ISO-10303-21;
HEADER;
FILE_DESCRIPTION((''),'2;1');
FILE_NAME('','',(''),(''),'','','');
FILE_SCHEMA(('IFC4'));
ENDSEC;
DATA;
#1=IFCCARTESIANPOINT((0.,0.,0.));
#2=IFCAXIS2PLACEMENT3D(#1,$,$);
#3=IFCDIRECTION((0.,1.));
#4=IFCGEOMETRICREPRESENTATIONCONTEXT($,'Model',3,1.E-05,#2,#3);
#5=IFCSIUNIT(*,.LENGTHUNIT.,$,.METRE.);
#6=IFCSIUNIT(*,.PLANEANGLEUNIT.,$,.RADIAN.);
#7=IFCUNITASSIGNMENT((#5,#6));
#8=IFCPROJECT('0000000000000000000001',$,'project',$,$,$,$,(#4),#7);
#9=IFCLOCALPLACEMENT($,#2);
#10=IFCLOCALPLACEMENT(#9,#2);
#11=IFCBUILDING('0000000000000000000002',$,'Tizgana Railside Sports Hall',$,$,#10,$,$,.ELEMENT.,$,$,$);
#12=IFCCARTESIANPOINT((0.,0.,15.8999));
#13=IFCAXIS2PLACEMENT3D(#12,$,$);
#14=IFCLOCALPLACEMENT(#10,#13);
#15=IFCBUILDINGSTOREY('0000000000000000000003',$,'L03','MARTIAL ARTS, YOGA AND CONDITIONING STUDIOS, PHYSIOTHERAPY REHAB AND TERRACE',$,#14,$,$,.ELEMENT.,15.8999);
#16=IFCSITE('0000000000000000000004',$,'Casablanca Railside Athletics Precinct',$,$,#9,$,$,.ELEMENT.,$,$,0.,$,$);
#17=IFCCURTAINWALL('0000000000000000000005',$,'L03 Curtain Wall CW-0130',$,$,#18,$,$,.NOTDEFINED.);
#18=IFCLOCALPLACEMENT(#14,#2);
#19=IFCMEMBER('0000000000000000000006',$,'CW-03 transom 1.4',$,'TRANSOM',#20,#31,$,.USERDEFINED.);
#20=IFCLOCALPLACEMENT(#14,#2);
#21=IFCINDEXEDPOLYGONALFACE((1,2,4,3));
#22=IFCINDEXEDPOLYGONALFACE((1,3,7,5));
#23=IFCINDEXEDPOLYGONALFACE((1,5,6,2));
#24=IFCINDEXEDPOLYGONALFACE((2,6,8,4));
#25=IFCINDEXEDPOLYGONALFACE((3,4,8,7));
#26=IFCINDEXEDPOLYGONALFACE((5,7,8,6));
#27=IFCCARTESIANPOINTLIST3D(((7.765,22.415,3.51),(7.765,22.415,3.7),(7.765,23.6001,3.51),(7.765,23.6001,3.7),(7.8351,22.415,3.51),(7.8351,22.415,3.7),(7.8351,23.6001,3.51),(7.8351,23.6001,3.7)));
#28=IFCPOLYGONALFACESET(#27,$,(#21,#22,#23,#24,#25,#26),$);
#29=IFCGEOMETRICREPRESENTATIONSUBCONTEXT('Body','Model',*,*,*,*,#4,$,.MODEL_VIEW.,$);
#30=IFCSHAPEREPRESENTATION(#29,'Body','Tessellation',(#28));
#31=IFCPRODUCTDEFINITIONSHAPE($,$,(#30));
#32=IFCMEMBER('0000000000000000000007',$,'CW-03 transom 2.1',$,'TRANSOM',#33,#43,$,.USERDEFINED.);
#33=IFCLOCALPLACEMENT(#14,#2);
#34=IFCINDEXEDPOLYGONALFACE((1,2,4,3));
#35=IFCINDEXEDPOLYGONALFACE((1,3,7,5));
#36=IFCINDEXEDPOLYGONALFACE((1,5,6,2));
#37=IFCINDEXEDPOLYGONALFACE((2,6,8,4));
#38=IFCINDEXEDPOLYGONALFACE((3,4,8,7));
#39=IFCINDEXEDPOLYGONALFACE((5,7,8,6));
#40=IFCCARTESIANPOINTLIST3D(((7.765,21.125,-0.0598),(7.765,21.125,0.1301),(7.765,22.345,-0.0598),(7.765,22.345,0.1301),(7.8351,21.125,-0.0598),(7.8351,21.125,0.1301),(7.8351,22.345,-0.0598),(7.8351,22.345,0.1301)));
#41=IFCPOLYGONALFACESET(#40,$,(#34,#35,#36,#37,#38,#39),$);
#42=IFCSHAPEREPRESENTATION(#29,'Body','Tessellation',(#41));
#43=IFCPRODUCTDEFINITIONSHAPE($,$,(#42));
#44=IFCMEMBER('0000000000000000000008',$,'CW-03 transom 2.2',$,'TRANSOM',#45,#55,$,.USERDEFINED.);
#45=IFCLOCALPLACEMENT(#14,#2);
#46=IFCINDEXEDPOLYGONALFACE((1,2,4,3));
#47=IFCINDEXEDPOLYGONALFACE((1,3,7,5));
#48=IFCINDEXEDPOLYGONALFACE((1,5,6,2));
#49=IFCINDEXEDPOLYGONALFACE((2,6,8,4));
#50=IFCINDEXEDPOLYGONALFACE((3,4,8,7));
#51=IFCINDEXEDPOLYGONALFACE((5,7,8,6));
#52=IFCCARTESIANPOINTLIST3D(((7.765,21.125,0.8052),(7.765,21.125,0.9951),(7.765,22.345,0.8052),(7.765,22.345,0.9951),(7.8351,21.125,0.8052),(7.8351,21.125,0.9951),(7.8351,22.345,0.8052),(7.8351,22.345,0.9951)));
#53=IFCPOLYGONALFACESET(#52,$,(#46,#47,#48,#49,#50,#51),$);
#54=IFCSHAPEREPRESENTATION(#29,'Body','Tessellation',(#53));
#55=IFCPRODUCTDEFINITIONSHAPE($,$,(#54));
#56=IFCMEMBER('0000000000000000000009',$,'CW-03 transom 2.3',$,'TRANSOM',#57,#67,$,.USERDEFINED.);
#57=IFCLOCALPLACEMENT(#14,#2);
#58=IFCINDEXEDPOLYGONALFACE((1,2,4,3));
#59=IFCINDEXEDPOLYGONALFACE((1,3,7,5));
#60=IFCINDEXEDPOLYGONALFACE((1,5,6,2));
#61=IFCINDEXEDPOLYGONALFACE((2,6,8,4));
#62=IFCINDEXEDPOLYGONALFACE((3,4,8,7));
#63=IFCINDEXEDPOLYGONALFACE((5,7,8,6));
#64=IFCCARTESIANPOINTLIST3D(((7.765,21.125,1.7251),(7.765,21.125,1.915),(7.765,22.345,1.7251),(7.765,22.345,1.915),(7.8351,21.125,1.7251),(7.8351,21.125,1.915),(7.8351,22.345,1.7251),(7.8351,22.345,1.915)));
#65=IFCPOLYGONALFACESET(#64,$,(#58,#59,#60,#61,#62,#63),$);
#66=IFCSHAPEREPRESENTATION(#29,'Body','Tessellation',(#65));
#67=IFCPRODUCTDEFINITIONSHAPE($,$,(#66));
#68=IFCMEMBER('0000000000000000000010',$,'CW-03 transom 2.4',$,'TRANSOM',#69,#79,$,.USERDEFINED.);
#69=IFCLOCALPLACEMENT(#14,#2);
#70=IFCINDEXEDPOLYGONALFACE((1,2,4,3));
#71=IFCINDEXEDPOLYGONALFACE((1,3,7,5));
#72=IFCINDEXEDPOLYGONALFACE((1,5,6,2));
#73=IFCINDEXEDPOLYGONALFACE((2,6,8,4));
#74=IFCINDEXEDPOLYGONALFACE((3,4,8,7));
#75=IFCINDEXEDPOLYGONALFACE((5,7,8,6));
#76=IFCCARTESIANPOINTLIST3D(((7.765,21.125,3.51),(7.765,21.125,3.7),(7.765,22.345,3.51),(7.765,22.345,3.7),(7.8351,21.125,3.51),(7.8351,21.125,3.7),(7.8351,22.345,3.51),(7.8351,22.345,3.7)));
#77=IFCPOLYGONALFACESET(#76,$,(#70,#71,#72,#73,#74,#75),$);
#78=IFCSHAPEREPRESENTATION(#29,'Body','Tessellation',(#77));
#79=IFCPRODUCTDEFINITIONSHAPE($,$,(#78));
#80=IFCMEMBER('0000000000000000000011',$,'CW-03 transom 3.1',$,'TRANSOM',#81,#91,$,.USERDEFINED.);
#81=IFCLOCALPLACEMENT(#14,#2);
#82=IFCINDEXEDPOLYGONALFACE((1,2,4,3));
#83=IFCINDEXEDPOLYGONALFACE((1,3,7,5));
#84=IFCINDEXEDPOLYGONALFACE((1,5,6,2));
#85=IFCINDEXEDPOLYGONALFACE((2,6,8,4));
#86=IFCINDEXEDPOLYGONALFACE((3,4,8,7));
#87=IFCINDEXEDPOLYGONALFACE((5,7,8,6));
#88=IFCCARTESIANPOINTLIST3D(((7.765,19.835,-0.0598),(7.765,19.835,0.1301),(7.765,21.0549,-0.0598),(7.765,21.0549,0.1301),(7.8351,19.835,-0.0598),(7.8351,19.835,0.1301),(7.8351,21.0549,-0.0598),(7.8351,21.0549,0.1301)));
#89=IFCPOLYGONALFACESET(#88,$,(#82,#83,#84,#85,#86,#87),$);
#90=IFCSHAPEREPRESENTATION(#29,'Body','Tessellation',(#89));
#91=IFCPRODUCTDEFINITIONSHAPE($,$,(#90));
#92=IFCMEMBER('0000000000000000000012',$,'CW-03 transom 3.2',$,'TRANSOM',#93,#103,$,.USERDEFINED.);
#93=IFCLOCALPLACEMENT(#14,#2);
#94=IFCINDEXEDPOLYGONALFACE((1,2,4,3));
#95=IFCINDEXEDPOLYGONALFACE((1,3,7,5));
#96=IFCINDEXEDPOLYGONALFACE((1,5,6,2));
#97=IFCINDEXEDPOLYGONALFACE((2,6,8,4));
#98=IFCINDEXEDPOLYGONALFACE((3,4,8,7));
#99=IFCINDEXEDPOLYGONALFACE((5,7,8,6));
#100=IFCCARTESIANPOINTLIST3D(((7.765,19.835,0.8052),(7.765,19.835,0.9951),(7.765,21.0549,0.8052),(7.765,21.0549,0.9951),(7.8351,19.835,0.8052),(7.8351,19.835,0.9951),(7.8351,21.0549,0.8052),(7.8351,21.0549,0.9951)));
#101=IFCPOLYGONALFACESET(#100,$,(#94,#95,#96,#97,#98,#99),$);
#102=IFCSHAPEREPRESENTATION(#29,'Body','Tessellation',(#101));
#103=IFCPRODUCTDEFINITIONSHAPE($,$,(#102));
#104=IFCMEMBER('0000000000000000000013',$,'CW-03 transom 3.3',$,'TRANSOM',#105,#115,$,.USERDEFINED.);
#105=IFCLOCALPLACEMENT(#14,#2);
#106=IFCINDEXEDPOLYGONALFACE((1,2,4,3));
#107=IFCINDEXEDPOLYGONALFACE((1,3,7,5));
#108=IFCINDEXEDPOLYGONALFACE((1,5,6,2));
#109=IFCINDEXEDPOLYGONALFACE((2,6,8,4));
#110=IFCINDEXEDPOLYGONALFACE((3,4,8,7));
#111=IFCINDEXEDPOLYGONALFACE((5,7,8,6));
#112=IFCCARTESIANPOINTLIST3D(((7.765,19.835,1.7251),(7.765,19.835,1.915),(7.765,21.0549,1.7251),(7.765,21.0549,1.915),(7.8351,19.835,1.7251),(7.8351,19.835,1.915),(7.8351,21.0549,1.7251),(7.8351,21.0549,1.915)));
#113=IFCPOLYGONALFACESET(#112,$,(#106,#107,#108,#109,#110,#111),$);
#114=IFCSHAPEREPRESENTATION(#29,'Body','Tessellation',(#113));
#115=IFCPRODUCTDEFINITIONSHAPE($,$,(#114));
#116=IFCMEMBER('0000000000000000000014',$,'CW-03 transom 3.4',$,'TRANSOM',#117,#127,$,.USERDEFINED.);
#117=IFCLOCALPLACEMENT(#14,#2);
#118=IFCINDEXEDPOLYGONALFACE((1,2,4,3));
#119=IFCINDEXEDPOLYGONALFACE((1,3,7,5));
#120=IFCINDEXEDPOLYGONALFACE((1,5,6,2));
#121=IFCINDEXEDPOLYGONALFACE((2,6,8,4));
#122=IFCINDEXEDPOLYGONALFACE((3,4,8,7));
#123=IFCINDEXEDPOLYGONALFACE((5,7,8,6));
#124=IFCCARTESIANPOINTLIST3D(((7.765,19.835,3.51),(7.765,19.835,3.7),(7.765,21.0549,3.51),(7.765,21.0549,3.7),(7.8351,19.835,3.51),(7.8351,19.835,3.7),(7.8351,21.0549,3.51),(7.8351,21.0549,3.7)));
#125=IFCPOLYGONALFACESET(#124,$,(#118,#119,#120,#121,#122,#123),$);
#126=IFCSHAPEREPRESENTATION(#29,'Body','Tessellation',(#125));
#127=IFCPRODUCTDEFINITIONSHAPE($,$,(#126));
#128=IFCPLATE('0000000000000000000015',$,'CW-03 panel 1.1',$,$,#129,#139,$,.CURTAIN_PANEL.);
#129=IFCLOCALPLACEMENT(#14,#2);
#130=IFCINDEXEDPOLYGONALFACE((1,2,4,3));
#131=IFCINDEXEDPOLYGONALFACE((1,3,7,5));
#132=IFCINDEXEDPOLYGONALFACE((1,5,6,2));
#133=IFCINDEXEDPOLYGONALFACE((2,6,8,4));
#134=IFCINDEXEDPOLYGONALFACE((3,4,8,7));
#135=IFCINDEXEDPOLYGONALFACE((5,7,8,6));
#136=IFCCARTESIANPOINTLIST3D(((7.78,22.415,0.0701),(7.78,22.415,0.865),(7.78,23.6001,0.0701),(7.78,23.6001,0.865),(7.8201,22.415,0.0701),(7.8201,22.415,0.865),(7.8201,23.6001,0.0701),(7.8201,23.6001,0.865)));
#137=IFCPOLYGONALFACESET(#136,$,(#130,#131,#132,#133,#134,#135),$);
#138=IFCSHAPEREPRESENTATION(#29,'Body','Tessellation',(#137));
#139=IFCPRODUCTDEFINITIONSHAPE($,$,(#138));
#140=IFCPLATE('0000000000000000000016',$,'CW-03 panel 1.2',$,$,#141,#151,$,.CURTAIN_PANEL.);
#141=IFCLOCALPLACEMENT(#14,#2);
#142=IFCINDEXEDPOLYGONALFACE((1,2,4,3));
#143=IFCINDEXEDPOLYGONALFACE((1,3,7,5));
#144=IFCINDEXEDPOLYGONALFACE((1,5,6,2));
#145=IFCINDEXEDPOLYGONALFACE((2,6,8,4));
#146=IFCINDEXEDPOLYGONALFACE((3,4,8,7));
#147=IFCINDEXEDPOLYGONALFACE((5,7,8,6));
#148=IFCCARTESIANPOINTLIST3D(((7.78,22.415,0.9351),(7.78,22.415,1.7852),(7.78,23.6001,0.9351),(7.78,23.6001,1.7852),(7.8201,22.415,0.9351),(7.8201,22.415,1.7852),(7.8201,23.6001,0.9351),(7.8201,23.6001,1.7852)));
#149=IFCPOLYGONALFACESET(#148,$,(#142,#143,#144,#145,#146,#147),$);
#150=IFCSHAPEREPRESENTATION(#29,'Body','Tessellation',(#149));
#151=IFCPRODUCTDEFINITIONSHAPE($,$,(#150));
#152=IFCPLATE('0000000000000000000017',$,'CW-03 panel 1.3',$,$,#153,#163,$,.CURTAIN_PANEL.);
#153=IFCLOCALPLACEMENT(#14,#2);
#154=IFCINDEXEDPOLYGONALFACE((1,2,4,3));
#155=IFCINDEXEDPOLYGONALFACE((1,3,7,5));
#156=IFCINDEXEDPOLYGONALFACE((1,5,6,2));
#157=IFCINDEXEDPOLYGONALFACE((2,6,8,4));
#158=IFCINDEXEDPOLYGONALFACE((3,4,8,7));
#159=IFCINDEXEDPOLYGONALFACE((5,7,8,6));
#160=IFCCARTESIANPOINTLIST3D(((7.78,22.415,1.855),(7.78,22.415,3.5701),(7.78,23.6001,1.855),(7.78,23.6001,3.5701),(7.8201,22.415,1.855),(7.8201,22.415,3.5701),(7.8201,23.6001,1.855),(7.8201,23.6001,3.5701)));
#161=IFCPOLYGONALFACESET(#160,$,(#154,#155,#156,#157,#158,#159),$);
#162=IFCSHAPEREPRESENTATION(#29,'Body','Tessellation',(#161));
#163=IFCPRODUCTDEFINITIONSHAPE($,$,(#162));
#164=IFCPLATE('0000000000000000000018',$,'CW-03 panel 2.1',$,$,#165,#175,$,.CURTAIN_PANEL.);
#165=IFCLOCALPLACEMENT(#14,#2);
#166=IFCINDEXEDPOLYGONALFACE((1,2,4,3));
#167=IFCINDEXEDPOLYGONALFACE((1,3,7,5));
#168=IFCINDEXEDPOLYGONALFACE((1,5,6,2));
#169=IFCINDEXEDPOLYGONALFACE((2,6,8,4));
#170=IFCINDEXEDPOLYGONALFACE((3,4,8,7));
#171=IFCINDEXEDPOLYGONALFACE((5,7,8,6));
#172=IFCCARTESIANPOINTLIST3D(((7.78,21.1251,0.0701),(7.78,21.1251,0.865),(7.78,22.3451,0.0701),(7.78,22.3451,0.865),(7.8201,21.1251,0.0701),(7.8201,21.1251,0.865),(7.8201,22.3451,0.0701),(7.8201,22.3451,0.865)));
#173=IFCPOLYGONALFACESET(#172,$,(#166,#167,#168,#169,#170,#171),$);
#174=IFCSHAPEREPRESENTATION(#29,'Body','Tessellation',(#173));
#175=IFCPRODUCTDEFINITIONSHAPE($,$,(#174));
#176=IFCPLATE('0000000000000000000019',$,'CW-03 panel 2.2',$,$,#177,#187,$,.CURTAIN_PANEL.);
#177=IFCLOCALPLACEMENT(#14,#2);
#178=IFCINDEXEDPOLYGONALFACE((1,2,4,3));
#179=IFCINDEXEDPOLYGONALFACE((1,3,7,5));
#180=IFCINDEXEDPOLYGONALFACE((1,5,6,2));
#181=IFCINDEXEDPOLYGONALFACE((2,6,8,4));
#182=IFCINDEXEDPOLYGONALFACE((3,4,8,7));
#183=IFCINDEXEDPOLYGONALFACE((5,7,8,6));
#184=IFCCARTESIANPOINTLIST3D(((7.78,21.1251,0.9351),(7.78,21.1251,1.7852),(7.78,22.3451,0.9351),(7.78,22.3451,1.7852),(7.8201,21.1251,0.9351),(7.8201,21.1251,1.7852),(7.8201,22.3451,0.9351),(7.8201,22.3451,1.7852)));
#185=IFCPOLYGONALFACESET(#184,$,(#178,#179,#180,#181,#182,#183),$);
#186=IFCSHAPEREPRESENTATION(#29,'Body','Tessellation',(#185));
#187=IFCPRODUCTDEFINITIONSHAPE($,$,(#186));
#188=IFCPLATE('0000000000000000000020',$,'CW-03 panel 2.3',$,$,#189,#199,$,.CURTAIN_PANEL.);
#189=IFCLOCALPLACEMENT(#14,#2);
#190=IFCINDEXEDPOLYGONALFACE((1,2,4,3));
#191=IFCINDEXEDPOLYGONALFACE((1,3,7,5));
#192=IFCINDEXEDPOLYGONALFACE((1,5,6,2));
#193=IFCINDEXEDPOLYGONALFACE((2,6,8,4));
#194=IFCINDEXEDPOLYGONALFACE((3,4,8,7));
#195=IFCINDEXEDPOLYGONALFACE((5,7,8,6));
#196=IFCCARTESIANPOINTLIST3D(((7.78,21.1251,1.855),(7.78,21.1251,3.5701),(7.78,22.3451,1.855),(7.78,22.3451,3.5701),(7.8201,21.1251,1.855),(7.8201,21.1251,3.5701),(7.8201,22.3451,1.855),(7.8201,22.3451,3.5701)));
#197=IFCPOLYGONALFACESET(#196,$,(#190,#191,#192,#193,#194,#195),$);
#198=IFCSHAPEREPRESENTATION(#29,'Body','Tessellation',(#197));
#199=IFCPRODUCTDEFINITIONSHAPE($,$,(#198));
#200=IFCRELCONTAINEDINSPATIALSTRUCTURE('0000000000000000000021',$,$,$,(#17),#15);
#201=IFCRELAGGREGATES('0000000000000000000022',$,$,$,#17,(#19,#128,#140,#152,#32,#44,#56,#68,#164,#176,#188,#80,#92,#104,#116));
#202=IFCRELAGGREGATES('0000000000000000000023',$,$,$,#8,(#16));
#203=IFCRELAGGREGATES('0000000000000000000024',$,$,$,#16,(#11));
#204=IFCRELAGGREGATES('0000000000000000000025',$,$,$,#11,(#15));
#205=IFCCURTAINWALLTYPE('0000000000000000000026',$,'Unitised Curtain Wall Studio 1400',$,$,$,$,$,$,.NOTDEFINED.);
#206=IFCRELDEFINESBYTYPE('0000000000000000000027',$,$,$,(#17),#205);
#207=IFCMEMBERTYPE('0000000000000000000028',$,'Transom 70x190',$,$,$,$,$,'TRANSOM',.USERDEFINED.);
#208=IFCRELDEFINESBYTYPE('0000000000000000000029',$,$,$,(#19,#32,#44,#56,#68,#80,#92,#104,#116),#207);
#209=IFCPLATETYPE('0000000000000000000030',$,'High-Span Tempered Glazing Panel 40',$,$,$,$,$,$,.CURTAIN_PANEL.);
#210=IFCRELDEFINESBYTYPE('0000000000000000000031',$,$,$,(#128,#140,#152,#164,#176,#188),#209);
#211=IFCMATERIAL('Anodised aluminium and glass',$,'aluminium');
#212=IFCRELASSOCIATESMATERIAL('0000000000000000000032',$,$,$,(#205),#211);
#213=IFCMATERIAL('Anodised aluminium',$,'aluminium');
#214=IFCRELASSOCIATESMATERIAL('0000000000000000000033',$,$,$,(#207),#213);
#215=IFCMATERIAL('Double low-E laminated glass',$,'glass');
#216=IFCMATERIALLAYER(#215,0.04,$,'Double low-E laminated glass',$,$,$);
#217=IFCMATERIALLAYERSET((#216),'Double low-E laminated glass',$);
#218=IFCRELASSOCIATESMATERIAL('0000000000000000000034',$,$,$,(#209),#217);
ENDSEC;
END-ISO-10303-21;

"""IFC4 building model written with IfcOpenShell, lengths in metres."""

from ifc_helpers import new_model, si_unit, direction, frame, origin, origin_2d, place, context, subcontext, project, spatial, rectangle, extrude, material, layer, layer_set, material_profile, profile_set, type_object, element, aggregate, save


model = new_model("IFC4")

# Units and contexts
model_context = context("Model", 3, precision=1e-05, world=origin(), true_north=direction((0.0, 1.0)))
body_context = subcontext(model_context, "Body", "Model", "MODEL_VIEW")
ifc_project = project(units=[si_unit("LENGTHUNIT", "METRE"), si_unit("PLANEANGLEUNIT", "RADIAN")], contexts=[model_context])

# Site, building, storey
site_placement = place(None, origin())
site = spatial("IfcSite", under=ifc_project, at=site_placement, Name="Casablanca Railside Athletics Precinct", CompositionType="ELEMENT", RefElevation=0.0)
building_placement = place(site_placement, origin())
building = spatial("IfcBuilding", under=site, at=building_placement, Name="Tizgana Railside Sports Hall", CompositionType="ELEMENT")
storey_placement = place(building_placement, frame((0.0, 0.0, 15.8999)))
storey = spatial("IfcBuildingStorey", under=building, at=storey_placement, Name="L03", Description="MARTIAL ARTS, YOGA AND CONDITIONING STUDIOS, PHYSIOTHERAPY REHAB AND TERRACE", CompositionType="ELEMENT", Elevation=15.8999)

# Curtain wall
ifc_material_1 = material(Name="Anodised aluminium and glass", Category="aluminium")
curtain_wall_type_1 = type_object("IfcCurtainWallType", Name="Unitised Curtain Wall Studio 1400", PredefinedType="NOTDEFINED", material=ifc_material_1)
curtain_wall_1_placement = place(storey_placement, origin())
curtain_wall_1 = element("IfcCurtainWall", 1, at=curtain_wall_1_placement, inside=storey, type_object=curtain_wall_type_1, Name="L03 Curtain Wall CW-0130", PredefinedType="NOTDEFINED")
ifc_material_2 = material(Name="Anodised aluminium", Category="aluminium")

# Members
ifc_material_profile_1 = material_profile(ifc_material_2, rectangle(XDim=0.0701, YDim=0.1899, at=origin_2d()), Name="Transom 70x190")
ifc_profile_set_1 = profile_set([ifc_material_profile_1], Name="Anodised aluminium")
member_type_1 = type_object("IfcMemberType", Name="Transom 70x190", ElementType="TRANSOM", PredefinedType="USERDEFINED", material=ifc_profile_set_1)
member_1_placement = place(storey_placement, frame((7.8, 23.6001, 3.605), z_axis=(0.0, -1.0, 0.0), x_axis=(1.0, 0.0, 0.0)))
member_1 = element("IfcMember", 2, at=member_1_placement, type_object=member_type_1, Name="CW-03 transom 1.4", ObjectType="TRANSOM", PredefinedType="USERDEFINED", context=body_context, shape_type="SweptSolid", body=[
    extrude(rectangle(XDim=0.0701, YDim=0.1899, at=origin_2d()), origin(), (0.0, 0.0, 1.0), 1.1851),
])
member_2_placement = place(storey_placement, frame((7.8, 22.345, 0.0352), z_axis=(0.0, -1.0, 0.0), x_axis=(1.0, 0.0, 0.0)))
member_2 = element("IfcMember", 3, at=member_2_placement, type_object=member_type_1, Name="CW-03 transom 2.1", ObjectType="TRANSOM", PredefinedType="USERDEFINED", context=body_context, shape_type="SweptSolid", body=[
    extrude(rectangle(XDim=0.0701, YDim=0.1899, at=origin_2d()), origin(), (0.0, 0.0, 1.0), 1.22),
])
member_3_placement = place(storey_placement, frame((7.8, 22.345, 0.9001), z_axis=(0.0, -1.0, 0.0), x_axis=(1.0, 0.0, 0.0)))
member_3 = element("IfcMember", 4, at=member_3_placement, type_object=member_type_1, Name="CW-03 transom 2.2", ObjectType="TRANSOM", PredefinedType="USERDEFINED", context=body_context, shape_type="SweptSolid", body=[
    extrude(rectangle(XDim=0.0701, YDim=0.1899, at=origin_2d()), origin(), (0.0, 0.0, 1.0), 1.22),
])
member_4_placement = place(storey_placement, frame((7.8, 22.345, 1.8201), z_axis=(0.0, -1.0, 0.0), x_axis=(1.0, 0.0, 0.0)))
member_4 = element("IfcMember", 5, at=member_4_placement, type_object=member_type_1, Name="CW-03 transom 2.3", ObjectType="TRANSOM", PredefinedType="USERDEFINED", context=body_context, shape_type="SweptSolid", body=[
    extrude(rectangle(XDim=0.0701, YDim=0.1899, at=origin_2d()), origin(), (0.0, 0.0, 1.0), 1.22),
])
member_5_placement = place(storey_placement, frame((7.8, 22.345, 3.605), z_axis=(0.0, -1.0, 0.0), x_axis=(1.0, 0.0, 0.0)))
member_5 = element("IfcMember", 6, at=member_5_placement, type_object=member_type_1, Name="CW-03 transom 2.4", ObjectType="TRANSOM", PredefinedType="USERDEFINED", context=body_context, shape_type="SweptSolid", body=[
    extrude(rectangle(XDim=0.0701, YDim=0.1899, at=origin_2d()), origin(), (0.0, 0.0, 1.0), 1.22),
])
member_6_placement = place(storey_placement, frame((7.8, 21.0549, 0.0352), z_axis=(0.0, -1.0, 0.0), x_axis=(1.0, 0.0, 0.0)))
member_6 = element("IfcMember", 7, at=member_6_placement, type_object=member_type_1, Name="CW-03 transom 3.1", ObjectType="TRANSOM", PredefinedType="USERDEFINED", context=body_context, shape_type="SweptSolid", body=[
    extrude(rectangle(XDim=0.0701, YDim=0.1899, at=origin_2d()), origin(), (0.0, 0.0, 1.0), 1.22),
])
member_7_placement = place(storey_placement, frame((7.8, 21.0549, 0.9001), z_axis=(0.0, -1.0, 0.0), x_axis=(1.0, 0.0, 0.0)))
member_7 = element("IfcMember", 8, at=member_7_placement, type_object=member_type_1, Name="CW-03 transom 3.2", ObjectType="TRANSOM", PredefinedType="USERDEFINED", context=body_context, shape_type="SweptSolid", body=[
    extrude(rectangle(XDim=0.0701, YDim=0.1899, at=origin_2d()), origin(), (0.0, 0.0, 1.0), 1.22),
])
member_8_placement = place(storey_placement, frame((7.8, 21.0549, 1.8201), z_axis=(0.0, -1.0, 0.0), x_axis=(1.0, 0.0, 0.0)))
member_8 = element("IfcMember", 9, at=member_8_placement, type_object=member_type_1, Name="CW-03 transom 3.3", ObjectType="TRANSOM", PredefinedType="USERDEFINED", context=body_context, shape_type="SweptSolid", body=[
    extrude(rectangle(XDim=0.0701, YDim=0.1899, at=origin_2d()), origin(), (0.0, 0.0, 1.0), 1.22),
])
member_9_placement = place(storey_placement, frame((7.8, 21.0549, 3.605), z_axis=(0.0, -1.0, 0.0), x_axis=(1.0, 0.0, 0.0)))
member_9 = element("IfcMember", 10, at=member_9_placement, type_object=member_type_1, Name="CW-03 transom 3.4", ObjectType="TRANSOM", PredefinedType="USERDEFINED", context=body_context, shape_type="SweptSolid", body=[
    extrude(rectangle(XDim=0.0701, YDim=0.1899, at=origin_2d()), origin(), (0.0, 0.0, 1.0), 1.22),
])

# Plates
ifc_material_3 = material(Name="Double low-E laminated glass", Category="glass")
ifc_layer_1 = layer(ifc_material_3, 0.04, Name="Double low-E laminated glass")
ifc_layer_set_1 = layer_set([ifc_layer_1], Name="Double low-E laminated glass")
plate_type_1 = type_object("IfcPlateType", Name="High-Span Tempered Glazing Panel 40", PredefinedType="CURTAIN_PANEL", material=ifc_layer_set_1)
plate_1_placement = place(storey_placement, frame((7.8, 23.0076, 0.0701), z_axis=(0.0, 0.0, 1.0), x_axis=(0.0, -1.0, 0.0)))
plate_1 = element("IfcPlate", 11, at=plate_1_placement, type_object=plate_type_1, Name="CW-03 panel 1.1", PredefinedType="CURTAIN_PANEL", context=body_context, shape_type="SweptSolid", body=[
    extrude(rectangle(XDim=1.1851, YDim=0.04, at=origin_2d()), origin(), (0.0, 0.0, 1.0), 0.7949),
])
plate_2_placement = place(storey_placement, frame((7.8, 23.0076, 0.9351), z_axis=(0.0, 0.0, 1.0), x_axis=(0.0, -1.0, 0.0)))
plate_2 = element("IfcPlate", 12, at=plate_2_placement, type_object=plate_type_1, Name="CW-03 panel 1.2", PredefinedType="CURTAIN_PANEL", context=body_context, shape_type="SweptSolid", body=[
    extrude(rectangle(XDim=1.1851, YDim=0.04, at=origin_2d()), origin(), (0.0, 0.0, 1.0), 0.8501),
])
plate_3_placement = place(storey_placement, frame((7.8, 23.0076, 1.855), z_axis=(0.0, 0.0, 1.0), x_axis=(0.0, -1.0, 0.0)))
plate_3 = element("IfcPlate", 13, at=plate_3_placement, type_object=plate_type_1, Name="CW-03 panel 1.3", PredefinedType="CURTAIN_PANEL", context=body_context, shape_type="SweptSolid", body=[
    extrude(rectangle(XDim=1.1851, YDim=0.04, at=origin_2d()), origin(), (0.0, 0.0, 1.0), 1.7151),
])
plate_4_placement = place(storey_placement, frame((7.8, 21.7351, 0.0701), z_axis=(0.0, 0.0, 1.0), x_axis=(0.0, -1.0, 0.0)))
plate_4 = element("IfcPlate", 14, at=plate_4_placement, type_object=plate_type_1, Name="CW-03 panel 2.1", PredefinedType="CURTAIN_PANEL", context=body_context, shape_type="SweptSolid", body=[
    extrude(rectangle(XDim=1.22, YDim=0.04, at=origin_2d()), origin(), (0.0, 0.0, 1.0), 0.7949),
])
plate_5_placement = place(storey_placement, frame((7.8, 21.7351, 0.9351), z_axis=(0.0, 0.0, 1.0), x_axis=(0.0, -1.0, 0.0)))
plate_5 = element("IfcPlate", 15, at=plate_5_placement, type_object=plate_type_1, Name="CW-03 panel 2.2", PredefinedType="CURTAIN_PANEL", context=body_context, shape_type="SweptSolid", body=[
    extrude(rectangle(XDim=1.22, YDim=0.04, at=origin_2d()), origin(), (0.0, 0.0, 1.0), 0.8501),
])
plate_6_placement = place(storey_placement, frame((7.8, 21.7351, 1.855), z_axis=(0.0, 0.0, 1.0), x_axis=(0.0, -1.0, 0.0)))
plate_6 = element("IfcPlate", 16, at=plate_6_placement, type_object=plate_type_1, Name="CW-03 panel 2.3", PredefinedType="CURTAIN_PANEL", context=body_context, shape_type="SweptSolid", body=[
    extrude(rectangle(XDim=1.22, YDim=0.04, at=origin_2d()), origin(), (0.0, 0.0, 1.0), 1.7151),
])
aggregate(curtain_wall_1, [member_1, plate_1, plate_2, plate_3, member_2, member_3, member_4, member_5, plate_4, plate_5, plate_6, member_6, member_7, member_8, member_9])

save(model, "model.ifc")
